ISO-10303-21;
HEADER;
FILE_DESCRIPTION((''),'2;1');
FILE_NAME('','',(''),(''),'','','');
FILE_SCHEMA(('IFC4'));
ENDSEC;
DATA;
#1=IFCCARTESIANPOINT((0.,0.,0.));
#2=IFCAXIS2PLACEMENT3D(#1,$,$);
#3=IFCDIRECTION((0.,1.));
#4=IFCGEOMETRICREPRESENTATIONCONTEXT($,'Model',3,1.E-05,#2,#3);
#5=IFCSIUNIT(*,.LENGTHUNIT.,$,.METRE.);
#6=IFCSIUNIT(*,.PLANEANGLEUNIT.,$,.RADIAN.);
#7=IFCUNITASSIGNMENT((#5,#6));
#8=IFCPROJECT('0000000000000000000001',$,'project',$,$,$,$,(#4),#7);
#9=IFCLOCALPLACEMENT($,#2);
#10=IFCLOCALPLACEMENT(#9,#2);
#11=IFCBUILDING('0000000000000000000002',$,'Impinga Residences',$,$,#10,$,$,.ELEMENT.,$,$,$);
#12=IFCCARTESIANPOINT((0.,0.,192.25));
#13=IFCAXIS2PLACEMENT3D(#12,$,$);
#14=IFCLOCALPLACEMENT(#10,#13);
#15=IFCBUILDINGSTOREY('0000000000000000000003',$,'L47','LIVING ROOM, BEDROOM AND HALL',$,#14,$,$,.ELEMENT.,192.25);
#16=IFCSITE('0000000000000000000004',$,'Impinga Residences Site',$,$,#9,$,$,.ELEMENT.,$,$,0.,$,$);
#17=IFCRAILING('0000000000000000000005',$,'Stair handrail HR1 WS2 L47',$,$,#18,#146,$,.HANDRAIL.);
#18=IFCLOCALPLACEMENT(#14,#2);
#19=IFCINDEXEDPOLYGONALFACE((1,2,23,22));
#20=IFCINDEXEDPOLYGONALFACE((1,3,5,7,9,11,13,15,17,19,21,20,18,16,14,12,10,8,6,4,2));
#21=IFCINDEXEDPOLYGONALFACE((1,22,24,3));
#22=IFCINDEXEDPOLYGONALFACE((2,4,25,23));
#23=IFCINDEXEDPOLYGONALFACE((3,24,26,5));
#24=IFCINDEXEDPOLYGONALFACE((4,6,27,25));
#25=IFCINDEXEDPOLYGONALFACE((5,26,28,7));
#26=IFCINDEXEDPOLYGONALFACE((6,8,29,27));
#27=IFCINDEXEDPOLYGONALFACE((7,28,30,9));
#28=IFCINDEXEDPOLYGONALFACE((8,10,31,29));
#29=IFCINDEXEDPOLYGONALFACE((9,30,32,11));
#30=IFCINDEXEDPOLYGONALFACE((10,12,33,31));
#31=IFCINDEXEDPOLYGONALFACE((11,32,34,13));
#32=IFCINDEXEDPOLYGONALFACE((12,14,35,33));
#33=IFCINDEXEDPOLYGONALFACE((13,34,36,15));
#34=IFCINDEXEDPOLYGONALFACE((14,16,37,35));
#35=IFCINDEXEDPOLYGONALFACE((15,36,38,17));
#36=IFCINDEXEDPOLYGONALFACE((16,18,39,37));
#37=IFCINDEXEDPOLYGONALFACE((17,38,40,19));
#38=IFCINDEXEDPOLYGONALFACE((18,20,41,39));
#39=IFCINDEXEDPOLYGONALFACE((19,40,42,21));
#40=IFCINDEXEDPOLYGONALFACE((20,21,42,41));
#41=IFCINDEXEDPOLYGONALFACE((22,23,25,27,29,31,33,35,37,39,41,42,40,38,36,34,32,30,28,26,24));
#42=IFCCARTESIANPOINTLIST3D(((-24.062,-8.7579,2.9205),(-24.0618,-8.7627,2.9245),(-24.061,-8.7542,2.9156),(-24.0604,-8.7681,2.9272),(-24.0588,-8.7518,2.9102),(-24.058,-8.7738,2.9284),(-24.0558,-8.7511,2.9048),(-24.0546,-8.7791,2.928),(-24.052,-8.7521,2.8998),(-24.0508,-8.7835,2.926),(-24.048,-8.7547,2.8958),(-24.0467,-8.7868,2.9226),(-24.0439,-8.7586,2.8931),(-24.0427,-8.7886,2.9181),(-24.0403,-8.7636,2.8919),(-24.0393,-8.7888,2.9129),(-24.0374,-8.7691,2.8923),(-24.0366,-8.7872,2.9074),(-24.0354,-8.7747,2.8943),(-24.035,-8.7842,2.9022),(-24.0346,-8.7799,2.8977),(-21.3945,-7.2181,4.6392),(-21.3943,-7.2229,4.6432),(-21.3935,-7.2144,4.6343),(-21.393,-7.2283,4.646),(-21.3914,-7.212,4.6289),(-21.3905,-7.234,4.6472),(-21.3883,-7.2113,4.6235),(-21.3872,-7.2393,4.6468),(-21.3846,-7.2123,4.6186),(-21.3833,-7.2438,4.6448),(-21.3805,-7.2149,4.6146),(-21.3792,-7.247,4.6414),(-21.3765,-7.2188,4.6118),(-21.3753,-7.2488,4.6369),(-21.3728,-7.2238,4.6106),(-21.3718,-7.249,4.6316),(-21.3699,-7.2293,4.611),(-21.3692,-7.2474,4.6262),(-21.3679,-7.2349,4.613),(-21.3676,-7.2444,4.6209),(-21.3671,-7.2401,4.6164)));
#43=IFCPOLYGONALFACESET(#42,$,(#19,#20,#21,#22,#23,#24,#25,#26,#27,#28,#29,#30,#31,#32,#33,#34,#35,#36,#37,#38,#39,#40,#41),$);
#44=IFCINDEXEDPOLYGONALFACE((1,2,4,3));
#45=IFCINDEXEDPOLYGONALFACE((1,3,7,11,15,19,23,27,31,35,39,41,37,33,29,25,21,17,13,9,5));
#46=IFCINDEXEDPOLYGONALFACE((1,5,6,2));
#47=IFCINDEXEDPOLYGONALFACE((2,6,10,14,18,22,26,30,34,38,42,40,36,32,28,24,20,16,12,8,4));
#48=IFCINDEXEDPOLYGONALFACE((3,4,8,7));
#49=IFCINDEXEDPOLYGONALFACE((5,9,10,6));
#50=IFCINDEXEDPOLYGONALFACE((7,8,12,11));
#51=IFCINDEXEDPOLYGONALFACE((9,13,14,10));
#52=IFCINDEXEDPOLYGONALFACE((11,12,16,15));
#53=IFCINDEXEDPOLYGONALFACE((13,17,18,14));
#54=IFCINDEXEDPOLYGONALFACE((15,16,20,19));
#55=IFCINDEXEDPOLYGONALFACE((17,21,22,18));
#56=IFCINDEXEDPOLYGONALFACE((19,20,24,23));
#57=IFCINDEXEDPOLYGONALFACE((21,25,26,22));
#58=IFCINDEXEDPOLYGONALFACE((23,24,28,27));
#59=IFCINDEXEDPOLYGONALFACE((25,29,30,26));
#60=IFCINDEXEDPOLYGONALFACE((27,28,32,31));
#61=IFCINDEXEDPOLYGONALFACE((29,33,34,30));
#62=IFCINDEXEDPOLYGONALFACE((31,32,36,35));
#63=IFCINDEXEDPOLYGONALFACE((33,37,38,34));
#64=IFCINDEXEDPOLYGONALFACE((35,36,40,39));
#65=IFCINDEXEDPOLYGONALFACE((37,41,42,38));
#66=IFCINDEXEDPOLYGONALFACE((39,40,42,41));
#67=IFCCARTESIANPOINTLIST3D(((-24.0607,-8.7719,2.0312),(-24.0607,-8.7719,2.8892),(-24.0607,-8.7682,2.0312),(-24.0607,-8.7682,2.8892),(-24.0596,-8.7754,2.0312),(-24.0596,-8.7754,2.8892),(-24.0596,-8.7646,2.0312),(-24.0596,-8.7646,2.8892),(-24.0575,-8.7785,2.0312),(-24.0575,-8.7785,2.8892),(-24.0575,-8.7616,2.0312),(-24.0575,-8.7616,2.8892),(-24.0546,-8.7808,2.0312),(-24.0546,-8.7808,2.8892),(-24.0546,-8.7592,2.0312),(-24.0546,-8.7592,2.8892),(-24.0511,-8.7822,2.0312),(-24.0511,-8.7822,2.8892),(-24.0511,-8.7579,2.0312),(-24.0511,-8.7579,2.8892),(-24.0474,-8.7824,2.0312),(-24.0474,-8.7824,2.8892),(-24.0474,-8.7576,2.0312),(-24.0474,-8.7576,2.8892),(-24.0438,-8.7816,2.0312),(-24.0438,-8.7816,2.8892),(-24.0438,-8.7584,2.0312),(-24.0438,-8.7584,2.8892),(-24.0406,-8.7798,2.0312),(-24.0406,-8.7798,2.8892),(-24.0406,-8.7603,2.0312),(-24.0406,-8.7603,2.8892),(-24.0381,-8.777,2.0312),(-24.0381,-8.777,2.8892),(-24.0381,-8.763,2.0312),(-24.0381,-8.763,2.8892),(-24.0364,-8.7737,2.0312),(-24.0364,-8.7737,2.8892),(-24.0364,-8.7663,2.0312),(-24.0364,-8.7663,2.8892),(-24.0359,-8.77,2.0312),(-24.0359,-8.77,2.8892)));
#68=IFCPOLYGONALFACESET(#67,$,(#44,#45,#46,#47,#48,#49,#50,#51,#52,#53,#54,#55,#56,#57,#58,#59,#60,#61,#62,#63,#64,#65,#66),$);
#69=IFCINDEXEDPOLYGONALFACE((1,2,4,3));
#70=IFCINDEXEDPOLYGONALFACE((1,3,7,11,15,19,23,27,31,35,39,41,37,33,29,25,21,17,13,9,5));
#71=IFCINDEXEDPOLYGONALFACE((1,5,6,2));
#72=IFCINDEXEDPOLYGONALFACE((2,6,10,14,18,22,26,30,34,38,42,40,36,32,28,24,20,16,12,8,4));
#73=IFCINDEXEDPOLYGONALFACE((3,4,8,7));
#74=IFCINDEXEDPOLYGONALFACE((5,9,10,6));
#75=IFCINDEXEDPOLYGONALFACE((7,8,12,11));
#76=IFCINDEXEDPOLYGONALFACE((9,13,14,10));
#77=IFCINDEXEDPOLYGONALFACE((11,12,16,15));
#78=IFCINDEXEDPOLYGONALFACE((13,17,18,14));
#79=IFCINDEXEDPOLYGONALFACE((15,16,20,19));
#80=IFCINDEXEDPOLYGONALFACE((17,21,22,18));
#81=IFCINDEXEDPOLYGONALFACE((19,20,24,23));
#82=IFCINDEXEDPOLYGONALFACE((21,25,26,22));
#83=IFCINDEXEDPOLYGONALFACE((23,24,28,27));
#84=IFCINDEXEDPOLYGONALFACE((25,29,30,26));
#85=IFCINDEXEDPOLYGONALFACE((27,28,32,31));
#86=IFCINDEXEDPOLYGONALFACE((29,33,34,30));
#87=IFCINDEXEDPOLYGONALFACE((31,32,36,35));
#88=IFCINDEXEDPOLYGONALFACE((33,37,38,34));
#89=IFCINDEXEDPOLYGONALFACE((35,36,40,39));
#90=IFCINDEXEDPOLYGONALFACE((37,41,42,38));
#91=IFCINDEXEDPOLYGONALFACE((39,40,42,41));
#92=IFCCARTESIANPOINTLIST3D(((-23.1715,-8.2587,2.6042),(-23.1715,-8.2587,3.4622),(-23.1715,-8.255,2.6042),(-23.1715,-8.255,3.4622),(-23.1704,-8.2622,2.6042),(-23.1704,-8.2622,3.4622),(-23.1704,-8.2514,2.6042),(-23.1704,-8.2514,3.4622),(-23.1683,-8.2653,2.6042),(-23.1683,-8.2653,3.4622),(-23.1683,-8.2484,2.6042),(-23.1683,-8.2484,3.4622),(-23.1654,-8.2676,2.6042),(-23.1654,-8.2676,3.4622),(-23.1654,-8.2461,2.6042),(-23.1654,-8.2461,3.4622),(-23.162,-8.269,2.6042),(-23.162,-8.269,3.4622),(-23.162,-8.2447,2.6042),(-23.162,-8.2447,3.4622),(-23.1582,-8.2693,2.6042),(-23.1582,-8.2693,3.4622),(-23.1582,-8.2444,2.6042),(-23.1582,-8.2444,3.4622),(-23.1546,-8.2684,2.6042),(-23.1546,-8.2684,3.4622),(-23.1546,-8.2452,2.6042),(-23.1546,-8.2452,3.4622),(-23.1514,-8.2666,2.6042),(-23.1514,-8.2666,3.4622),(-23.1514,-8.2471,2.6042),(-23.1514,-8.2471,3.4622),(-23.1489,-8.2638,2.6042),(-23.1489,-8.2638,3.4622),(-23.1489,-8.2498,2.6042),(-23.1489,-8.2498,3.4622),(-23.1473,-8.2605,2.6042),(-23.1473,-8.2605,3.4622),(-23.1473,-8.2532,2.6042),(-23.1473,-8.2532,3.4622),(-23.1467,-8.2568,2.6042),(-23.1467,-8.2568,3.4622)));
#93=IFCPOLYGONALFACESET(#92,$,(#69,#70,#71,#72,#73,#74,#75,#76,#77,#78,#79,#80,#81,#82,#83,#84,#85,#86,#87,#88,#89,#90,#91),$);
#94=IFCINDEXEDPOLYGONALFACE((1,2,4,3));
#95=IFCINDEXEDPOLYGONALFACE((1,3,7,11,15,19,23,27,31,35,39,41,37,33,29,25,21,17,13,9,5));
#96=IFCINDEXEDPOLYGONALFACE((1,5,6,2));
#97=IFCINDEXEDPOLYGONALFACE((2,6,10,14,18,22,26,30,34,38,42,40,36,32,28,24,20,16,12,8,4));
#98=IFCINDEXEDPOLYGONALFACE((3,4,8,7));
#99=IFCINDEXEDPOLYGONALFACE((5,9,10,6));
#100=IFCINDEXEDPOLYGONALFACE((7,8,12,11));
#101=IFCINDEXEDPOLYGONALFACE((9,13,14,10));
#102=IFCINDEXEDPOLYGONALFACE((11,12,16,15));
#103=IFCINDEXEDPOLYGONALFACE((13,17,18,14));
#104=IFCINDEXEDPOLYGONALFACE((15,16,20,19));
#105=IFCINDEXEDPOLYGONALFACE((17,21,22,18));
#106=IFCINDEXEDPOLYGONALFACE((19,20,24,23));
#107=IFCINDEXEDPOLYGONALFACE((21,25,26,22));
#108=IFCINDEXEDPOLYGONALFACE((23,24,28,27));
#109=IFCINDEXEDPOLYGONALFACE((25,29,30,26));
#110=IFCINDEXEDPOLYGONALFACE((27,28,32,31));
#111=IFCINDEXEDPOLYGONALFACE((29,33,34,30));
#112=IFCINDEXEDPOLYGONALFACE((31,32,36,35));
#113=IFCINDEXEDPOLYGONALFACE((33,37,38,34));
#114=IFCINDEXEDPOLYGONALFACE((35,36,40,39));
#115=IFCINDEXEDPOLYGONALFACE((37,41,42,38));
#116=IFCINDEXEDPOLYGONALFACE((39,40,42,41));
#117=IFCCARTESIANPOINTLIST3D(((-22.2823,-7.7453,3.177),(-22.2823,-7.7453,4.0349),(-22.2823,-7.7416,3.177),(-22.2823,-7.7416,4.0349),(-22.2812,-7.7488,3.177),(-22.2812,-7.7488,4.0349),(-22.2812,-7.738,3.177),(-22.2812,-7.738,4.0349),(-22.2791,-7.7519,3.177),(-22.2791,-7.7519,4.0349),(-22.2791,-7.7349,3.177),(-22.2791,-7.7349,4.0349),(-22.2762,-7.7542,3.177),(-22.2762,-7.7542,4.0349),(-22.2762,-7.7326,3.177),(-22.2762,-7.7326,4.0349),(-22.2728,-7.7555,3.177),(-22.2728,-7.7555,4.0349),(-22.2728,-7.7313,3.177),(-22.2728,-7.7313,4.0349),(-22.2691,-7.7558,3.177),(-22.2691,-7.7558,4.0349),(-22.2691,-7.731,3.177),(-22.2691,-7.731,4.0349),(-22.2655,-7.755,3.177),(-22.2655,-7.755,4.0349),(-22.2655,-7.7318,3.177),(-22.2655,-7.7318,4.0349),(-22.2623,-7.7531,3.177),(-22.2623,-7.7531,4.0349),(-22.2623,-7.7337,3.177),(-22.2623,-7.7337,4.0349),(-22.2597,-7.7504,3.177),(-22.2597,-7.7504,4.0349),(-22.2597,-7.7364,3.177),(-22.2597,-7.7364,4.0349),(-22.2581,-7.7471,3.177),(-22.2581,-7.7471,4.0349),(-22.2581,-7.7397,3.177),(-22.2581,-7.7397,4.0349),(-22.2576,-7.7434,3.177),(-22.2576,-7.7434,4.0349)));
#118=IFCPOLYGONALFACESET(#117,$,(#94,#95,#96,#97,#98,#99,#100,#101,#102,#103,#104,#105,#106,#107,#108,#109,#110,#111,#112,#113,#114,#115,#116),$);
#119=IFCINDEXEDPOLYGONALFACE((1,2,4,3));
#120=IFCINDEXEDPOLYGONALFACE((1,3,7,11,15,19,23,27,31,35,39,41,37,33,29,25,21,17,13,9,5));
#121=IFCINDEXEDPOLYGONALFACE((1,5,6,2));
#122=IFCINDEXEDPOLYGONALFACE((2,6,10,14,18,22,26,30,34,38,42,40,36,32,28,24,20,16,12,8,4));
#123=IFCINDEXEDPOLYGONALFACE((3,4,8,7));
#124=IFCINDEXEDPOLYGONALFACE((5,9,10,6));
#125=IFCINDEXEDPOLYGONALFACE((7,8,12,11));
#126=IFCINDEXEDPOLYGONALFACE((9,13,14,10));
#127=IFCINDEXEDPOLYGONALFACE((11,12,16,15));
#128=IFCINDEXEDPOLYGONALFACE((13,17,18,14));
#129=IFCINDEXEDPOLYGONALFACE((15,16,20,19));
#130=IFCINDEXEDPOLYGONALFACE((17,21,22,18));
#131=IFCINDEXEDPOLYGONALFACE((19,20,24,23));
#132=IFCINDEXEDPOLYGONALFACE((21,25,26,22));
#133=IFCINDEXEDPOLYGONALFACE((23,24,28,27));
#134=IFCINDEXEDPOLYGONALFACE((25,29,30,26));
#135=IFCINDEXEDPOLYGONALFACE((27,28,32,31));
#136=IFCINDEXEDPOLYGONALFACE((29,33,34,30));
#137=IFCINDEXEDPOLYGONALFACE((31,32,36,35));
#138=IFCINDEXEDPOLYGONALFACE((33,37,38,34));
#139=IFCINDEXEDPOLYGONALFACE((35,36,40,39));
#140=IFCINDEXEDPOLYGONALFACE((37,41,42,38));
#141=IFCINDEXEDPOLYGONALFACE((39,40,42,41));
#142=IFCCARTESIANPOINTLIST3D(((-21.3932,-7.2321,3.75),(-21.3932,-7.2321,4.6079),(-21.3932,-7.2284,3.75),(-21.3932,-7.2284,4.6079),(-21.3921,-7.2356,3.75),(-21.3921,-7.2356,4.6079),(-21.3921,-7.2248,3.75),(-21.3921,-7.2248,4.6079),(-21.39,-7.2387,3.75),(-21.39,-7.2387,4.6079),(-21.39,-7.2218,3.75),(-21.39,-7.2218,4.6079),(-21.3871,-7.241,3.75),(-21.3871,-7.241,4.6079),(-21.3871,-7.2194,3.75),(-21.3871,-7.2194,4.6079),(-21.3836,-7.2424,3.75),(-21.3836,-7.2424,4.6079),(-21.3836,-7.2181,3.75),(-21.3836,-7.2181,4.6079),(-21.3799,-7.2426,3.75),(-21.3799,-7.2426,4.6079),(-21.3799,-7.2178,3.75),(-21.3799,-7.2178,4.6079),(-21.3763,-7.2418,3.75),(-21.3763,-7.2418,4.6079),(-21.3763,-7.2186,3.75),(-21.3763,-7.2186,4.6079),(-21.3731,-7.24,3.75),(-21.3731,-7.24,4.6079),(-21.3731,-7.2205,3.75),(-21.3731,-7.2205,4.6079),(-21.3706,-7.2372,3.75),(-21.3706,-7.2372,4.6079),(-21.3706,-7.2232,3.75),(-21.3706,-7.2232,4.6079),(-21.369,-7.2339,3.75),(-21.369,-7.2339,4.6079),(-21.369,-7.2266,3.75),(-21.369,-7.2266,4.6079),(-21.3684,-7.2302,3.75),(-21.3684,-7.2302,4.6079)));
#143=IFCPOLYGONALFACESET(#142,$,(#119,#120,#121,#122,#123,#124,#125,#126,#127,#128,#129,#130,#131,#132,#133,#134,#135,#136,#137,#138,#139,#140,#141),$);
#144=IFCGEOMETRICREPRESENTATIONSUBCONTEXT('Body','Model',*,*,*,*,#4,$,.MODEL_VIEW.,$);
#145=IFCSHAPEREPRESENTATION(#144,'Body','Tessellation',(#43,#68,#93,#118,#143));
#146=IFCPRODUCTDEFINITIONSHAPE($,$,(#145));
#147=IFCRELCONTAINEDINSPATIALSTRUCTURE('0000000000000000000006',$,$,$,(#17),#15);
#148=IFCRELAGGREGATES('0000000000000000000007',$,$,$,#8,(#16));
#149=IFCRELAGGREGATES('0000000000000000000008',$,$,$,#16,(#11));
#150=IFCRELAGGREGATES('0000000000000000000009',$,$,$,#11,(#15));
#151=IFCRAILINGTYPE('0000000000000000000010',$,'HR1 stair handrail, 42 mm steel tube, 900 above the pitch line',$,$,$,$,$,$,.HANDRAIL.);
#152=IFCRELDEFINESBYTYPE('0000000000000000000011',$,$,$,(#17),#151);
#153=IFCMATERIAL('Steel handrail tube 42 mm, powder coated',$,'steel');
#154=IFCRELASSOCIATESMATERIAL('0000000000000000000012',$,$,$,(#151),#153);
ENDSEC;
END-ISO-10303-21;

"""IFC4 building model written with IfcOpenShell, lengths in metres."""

from ifc_helpers import new_model, si_unit, direction, frame, origin, origin_2d, place, context, subcontext, project, spatial, circle, extrude, material, type_object, element, save


model = new_model("IFC4")

# Units and contexts
model_context = context("Model", 3, precision=1e-05, world=origin(), true_north=direction((0.0, 1.0)))
body_context = subcontext(model_context, "Body", "Model", "MODEL_VIEW")
ifc_project = project(units=[si_unit("LENGTHUNIT", "METRE"), si_unit("PLANEANGLEUNIT", "RADIAN")], contexts=[model_context])

# Site, building, storey
site_placement = place(None, origin())
site = spatial("IfcSite", under=ifc_project, at=site_placement, Name="Impinga Residences Site", CompositionType="ELEMENT", RefElevation=0.0)
building_placement = place(site_placement, origin())
building = spatial("IfcBuilding", under=site, at=building_placement, Name="Impinga Residences", CompositionType="ELEMENT")
storey_placement = place(building_placement, frame((0.0, 0.0, 192.25)))
storey = spatial("IfcBuildingStorey", under=building, at=storey_placement, Name="L47", Description="LIVING ROOM, BEDROOM AND HALL", CompositionType="ELEMENT", Elevation=192.25)

# Railing
ifc_material_1 = material(Name="Steel handrail tube 42 mm, powder coated", Category="steel")
railing_type = type_object("IfcRailingType", Name="HR1 stair handrail, 42 mm steel tube, 900 above the pitch line", PredefinedType="HANDRAIL", material=ifc_material_1)
railing_placement = place(storey_placement, frame((-24.0483, -8.77, 2.0312)))
element("IfcRailing", 1, at=railing_placement, inside=storey, type_object=railing_type, Name="Stair handrail HR1 WS2 L47", PredefinedType="HANDRAIL", context=body_context, shape_type="SweptSolid", body=[
    extrude(circle(Radius=0.021, at=origin_2d()), frame((0.0, 0.0, 0.8789), z_axis=(0.756279, 0.43656, 0.487297), x_axis=(-0.499933, 0.866064, 0.0)), (0.0, 0.0, 1.0), 3.5271),
    extrude(circle(Radius=0.0125, at=origin_2d()), origin(), (0.0, 0.0, 1.0), 0.8579),
    extrude(circle(Radius=0.0125, at=origin_2d()), frame((0.8892, 0.5132, 0.573)), (0.0, 0.0, 1.0), 0.8579),
    extrude(circle(Radius=0.0125, at=origin_2d()), frame((1.7783, 1.0266, 1.1458)), (0.0, 0.0, 1.0), 0.8579),
    extrude(circle(Radius=0.0125, at=origin_2d()), frame((2.6675, 1.5398, 1.7188)), (0.0, 0.0, 1.0), 0.8579),
])

save(model, "model.ifc")
